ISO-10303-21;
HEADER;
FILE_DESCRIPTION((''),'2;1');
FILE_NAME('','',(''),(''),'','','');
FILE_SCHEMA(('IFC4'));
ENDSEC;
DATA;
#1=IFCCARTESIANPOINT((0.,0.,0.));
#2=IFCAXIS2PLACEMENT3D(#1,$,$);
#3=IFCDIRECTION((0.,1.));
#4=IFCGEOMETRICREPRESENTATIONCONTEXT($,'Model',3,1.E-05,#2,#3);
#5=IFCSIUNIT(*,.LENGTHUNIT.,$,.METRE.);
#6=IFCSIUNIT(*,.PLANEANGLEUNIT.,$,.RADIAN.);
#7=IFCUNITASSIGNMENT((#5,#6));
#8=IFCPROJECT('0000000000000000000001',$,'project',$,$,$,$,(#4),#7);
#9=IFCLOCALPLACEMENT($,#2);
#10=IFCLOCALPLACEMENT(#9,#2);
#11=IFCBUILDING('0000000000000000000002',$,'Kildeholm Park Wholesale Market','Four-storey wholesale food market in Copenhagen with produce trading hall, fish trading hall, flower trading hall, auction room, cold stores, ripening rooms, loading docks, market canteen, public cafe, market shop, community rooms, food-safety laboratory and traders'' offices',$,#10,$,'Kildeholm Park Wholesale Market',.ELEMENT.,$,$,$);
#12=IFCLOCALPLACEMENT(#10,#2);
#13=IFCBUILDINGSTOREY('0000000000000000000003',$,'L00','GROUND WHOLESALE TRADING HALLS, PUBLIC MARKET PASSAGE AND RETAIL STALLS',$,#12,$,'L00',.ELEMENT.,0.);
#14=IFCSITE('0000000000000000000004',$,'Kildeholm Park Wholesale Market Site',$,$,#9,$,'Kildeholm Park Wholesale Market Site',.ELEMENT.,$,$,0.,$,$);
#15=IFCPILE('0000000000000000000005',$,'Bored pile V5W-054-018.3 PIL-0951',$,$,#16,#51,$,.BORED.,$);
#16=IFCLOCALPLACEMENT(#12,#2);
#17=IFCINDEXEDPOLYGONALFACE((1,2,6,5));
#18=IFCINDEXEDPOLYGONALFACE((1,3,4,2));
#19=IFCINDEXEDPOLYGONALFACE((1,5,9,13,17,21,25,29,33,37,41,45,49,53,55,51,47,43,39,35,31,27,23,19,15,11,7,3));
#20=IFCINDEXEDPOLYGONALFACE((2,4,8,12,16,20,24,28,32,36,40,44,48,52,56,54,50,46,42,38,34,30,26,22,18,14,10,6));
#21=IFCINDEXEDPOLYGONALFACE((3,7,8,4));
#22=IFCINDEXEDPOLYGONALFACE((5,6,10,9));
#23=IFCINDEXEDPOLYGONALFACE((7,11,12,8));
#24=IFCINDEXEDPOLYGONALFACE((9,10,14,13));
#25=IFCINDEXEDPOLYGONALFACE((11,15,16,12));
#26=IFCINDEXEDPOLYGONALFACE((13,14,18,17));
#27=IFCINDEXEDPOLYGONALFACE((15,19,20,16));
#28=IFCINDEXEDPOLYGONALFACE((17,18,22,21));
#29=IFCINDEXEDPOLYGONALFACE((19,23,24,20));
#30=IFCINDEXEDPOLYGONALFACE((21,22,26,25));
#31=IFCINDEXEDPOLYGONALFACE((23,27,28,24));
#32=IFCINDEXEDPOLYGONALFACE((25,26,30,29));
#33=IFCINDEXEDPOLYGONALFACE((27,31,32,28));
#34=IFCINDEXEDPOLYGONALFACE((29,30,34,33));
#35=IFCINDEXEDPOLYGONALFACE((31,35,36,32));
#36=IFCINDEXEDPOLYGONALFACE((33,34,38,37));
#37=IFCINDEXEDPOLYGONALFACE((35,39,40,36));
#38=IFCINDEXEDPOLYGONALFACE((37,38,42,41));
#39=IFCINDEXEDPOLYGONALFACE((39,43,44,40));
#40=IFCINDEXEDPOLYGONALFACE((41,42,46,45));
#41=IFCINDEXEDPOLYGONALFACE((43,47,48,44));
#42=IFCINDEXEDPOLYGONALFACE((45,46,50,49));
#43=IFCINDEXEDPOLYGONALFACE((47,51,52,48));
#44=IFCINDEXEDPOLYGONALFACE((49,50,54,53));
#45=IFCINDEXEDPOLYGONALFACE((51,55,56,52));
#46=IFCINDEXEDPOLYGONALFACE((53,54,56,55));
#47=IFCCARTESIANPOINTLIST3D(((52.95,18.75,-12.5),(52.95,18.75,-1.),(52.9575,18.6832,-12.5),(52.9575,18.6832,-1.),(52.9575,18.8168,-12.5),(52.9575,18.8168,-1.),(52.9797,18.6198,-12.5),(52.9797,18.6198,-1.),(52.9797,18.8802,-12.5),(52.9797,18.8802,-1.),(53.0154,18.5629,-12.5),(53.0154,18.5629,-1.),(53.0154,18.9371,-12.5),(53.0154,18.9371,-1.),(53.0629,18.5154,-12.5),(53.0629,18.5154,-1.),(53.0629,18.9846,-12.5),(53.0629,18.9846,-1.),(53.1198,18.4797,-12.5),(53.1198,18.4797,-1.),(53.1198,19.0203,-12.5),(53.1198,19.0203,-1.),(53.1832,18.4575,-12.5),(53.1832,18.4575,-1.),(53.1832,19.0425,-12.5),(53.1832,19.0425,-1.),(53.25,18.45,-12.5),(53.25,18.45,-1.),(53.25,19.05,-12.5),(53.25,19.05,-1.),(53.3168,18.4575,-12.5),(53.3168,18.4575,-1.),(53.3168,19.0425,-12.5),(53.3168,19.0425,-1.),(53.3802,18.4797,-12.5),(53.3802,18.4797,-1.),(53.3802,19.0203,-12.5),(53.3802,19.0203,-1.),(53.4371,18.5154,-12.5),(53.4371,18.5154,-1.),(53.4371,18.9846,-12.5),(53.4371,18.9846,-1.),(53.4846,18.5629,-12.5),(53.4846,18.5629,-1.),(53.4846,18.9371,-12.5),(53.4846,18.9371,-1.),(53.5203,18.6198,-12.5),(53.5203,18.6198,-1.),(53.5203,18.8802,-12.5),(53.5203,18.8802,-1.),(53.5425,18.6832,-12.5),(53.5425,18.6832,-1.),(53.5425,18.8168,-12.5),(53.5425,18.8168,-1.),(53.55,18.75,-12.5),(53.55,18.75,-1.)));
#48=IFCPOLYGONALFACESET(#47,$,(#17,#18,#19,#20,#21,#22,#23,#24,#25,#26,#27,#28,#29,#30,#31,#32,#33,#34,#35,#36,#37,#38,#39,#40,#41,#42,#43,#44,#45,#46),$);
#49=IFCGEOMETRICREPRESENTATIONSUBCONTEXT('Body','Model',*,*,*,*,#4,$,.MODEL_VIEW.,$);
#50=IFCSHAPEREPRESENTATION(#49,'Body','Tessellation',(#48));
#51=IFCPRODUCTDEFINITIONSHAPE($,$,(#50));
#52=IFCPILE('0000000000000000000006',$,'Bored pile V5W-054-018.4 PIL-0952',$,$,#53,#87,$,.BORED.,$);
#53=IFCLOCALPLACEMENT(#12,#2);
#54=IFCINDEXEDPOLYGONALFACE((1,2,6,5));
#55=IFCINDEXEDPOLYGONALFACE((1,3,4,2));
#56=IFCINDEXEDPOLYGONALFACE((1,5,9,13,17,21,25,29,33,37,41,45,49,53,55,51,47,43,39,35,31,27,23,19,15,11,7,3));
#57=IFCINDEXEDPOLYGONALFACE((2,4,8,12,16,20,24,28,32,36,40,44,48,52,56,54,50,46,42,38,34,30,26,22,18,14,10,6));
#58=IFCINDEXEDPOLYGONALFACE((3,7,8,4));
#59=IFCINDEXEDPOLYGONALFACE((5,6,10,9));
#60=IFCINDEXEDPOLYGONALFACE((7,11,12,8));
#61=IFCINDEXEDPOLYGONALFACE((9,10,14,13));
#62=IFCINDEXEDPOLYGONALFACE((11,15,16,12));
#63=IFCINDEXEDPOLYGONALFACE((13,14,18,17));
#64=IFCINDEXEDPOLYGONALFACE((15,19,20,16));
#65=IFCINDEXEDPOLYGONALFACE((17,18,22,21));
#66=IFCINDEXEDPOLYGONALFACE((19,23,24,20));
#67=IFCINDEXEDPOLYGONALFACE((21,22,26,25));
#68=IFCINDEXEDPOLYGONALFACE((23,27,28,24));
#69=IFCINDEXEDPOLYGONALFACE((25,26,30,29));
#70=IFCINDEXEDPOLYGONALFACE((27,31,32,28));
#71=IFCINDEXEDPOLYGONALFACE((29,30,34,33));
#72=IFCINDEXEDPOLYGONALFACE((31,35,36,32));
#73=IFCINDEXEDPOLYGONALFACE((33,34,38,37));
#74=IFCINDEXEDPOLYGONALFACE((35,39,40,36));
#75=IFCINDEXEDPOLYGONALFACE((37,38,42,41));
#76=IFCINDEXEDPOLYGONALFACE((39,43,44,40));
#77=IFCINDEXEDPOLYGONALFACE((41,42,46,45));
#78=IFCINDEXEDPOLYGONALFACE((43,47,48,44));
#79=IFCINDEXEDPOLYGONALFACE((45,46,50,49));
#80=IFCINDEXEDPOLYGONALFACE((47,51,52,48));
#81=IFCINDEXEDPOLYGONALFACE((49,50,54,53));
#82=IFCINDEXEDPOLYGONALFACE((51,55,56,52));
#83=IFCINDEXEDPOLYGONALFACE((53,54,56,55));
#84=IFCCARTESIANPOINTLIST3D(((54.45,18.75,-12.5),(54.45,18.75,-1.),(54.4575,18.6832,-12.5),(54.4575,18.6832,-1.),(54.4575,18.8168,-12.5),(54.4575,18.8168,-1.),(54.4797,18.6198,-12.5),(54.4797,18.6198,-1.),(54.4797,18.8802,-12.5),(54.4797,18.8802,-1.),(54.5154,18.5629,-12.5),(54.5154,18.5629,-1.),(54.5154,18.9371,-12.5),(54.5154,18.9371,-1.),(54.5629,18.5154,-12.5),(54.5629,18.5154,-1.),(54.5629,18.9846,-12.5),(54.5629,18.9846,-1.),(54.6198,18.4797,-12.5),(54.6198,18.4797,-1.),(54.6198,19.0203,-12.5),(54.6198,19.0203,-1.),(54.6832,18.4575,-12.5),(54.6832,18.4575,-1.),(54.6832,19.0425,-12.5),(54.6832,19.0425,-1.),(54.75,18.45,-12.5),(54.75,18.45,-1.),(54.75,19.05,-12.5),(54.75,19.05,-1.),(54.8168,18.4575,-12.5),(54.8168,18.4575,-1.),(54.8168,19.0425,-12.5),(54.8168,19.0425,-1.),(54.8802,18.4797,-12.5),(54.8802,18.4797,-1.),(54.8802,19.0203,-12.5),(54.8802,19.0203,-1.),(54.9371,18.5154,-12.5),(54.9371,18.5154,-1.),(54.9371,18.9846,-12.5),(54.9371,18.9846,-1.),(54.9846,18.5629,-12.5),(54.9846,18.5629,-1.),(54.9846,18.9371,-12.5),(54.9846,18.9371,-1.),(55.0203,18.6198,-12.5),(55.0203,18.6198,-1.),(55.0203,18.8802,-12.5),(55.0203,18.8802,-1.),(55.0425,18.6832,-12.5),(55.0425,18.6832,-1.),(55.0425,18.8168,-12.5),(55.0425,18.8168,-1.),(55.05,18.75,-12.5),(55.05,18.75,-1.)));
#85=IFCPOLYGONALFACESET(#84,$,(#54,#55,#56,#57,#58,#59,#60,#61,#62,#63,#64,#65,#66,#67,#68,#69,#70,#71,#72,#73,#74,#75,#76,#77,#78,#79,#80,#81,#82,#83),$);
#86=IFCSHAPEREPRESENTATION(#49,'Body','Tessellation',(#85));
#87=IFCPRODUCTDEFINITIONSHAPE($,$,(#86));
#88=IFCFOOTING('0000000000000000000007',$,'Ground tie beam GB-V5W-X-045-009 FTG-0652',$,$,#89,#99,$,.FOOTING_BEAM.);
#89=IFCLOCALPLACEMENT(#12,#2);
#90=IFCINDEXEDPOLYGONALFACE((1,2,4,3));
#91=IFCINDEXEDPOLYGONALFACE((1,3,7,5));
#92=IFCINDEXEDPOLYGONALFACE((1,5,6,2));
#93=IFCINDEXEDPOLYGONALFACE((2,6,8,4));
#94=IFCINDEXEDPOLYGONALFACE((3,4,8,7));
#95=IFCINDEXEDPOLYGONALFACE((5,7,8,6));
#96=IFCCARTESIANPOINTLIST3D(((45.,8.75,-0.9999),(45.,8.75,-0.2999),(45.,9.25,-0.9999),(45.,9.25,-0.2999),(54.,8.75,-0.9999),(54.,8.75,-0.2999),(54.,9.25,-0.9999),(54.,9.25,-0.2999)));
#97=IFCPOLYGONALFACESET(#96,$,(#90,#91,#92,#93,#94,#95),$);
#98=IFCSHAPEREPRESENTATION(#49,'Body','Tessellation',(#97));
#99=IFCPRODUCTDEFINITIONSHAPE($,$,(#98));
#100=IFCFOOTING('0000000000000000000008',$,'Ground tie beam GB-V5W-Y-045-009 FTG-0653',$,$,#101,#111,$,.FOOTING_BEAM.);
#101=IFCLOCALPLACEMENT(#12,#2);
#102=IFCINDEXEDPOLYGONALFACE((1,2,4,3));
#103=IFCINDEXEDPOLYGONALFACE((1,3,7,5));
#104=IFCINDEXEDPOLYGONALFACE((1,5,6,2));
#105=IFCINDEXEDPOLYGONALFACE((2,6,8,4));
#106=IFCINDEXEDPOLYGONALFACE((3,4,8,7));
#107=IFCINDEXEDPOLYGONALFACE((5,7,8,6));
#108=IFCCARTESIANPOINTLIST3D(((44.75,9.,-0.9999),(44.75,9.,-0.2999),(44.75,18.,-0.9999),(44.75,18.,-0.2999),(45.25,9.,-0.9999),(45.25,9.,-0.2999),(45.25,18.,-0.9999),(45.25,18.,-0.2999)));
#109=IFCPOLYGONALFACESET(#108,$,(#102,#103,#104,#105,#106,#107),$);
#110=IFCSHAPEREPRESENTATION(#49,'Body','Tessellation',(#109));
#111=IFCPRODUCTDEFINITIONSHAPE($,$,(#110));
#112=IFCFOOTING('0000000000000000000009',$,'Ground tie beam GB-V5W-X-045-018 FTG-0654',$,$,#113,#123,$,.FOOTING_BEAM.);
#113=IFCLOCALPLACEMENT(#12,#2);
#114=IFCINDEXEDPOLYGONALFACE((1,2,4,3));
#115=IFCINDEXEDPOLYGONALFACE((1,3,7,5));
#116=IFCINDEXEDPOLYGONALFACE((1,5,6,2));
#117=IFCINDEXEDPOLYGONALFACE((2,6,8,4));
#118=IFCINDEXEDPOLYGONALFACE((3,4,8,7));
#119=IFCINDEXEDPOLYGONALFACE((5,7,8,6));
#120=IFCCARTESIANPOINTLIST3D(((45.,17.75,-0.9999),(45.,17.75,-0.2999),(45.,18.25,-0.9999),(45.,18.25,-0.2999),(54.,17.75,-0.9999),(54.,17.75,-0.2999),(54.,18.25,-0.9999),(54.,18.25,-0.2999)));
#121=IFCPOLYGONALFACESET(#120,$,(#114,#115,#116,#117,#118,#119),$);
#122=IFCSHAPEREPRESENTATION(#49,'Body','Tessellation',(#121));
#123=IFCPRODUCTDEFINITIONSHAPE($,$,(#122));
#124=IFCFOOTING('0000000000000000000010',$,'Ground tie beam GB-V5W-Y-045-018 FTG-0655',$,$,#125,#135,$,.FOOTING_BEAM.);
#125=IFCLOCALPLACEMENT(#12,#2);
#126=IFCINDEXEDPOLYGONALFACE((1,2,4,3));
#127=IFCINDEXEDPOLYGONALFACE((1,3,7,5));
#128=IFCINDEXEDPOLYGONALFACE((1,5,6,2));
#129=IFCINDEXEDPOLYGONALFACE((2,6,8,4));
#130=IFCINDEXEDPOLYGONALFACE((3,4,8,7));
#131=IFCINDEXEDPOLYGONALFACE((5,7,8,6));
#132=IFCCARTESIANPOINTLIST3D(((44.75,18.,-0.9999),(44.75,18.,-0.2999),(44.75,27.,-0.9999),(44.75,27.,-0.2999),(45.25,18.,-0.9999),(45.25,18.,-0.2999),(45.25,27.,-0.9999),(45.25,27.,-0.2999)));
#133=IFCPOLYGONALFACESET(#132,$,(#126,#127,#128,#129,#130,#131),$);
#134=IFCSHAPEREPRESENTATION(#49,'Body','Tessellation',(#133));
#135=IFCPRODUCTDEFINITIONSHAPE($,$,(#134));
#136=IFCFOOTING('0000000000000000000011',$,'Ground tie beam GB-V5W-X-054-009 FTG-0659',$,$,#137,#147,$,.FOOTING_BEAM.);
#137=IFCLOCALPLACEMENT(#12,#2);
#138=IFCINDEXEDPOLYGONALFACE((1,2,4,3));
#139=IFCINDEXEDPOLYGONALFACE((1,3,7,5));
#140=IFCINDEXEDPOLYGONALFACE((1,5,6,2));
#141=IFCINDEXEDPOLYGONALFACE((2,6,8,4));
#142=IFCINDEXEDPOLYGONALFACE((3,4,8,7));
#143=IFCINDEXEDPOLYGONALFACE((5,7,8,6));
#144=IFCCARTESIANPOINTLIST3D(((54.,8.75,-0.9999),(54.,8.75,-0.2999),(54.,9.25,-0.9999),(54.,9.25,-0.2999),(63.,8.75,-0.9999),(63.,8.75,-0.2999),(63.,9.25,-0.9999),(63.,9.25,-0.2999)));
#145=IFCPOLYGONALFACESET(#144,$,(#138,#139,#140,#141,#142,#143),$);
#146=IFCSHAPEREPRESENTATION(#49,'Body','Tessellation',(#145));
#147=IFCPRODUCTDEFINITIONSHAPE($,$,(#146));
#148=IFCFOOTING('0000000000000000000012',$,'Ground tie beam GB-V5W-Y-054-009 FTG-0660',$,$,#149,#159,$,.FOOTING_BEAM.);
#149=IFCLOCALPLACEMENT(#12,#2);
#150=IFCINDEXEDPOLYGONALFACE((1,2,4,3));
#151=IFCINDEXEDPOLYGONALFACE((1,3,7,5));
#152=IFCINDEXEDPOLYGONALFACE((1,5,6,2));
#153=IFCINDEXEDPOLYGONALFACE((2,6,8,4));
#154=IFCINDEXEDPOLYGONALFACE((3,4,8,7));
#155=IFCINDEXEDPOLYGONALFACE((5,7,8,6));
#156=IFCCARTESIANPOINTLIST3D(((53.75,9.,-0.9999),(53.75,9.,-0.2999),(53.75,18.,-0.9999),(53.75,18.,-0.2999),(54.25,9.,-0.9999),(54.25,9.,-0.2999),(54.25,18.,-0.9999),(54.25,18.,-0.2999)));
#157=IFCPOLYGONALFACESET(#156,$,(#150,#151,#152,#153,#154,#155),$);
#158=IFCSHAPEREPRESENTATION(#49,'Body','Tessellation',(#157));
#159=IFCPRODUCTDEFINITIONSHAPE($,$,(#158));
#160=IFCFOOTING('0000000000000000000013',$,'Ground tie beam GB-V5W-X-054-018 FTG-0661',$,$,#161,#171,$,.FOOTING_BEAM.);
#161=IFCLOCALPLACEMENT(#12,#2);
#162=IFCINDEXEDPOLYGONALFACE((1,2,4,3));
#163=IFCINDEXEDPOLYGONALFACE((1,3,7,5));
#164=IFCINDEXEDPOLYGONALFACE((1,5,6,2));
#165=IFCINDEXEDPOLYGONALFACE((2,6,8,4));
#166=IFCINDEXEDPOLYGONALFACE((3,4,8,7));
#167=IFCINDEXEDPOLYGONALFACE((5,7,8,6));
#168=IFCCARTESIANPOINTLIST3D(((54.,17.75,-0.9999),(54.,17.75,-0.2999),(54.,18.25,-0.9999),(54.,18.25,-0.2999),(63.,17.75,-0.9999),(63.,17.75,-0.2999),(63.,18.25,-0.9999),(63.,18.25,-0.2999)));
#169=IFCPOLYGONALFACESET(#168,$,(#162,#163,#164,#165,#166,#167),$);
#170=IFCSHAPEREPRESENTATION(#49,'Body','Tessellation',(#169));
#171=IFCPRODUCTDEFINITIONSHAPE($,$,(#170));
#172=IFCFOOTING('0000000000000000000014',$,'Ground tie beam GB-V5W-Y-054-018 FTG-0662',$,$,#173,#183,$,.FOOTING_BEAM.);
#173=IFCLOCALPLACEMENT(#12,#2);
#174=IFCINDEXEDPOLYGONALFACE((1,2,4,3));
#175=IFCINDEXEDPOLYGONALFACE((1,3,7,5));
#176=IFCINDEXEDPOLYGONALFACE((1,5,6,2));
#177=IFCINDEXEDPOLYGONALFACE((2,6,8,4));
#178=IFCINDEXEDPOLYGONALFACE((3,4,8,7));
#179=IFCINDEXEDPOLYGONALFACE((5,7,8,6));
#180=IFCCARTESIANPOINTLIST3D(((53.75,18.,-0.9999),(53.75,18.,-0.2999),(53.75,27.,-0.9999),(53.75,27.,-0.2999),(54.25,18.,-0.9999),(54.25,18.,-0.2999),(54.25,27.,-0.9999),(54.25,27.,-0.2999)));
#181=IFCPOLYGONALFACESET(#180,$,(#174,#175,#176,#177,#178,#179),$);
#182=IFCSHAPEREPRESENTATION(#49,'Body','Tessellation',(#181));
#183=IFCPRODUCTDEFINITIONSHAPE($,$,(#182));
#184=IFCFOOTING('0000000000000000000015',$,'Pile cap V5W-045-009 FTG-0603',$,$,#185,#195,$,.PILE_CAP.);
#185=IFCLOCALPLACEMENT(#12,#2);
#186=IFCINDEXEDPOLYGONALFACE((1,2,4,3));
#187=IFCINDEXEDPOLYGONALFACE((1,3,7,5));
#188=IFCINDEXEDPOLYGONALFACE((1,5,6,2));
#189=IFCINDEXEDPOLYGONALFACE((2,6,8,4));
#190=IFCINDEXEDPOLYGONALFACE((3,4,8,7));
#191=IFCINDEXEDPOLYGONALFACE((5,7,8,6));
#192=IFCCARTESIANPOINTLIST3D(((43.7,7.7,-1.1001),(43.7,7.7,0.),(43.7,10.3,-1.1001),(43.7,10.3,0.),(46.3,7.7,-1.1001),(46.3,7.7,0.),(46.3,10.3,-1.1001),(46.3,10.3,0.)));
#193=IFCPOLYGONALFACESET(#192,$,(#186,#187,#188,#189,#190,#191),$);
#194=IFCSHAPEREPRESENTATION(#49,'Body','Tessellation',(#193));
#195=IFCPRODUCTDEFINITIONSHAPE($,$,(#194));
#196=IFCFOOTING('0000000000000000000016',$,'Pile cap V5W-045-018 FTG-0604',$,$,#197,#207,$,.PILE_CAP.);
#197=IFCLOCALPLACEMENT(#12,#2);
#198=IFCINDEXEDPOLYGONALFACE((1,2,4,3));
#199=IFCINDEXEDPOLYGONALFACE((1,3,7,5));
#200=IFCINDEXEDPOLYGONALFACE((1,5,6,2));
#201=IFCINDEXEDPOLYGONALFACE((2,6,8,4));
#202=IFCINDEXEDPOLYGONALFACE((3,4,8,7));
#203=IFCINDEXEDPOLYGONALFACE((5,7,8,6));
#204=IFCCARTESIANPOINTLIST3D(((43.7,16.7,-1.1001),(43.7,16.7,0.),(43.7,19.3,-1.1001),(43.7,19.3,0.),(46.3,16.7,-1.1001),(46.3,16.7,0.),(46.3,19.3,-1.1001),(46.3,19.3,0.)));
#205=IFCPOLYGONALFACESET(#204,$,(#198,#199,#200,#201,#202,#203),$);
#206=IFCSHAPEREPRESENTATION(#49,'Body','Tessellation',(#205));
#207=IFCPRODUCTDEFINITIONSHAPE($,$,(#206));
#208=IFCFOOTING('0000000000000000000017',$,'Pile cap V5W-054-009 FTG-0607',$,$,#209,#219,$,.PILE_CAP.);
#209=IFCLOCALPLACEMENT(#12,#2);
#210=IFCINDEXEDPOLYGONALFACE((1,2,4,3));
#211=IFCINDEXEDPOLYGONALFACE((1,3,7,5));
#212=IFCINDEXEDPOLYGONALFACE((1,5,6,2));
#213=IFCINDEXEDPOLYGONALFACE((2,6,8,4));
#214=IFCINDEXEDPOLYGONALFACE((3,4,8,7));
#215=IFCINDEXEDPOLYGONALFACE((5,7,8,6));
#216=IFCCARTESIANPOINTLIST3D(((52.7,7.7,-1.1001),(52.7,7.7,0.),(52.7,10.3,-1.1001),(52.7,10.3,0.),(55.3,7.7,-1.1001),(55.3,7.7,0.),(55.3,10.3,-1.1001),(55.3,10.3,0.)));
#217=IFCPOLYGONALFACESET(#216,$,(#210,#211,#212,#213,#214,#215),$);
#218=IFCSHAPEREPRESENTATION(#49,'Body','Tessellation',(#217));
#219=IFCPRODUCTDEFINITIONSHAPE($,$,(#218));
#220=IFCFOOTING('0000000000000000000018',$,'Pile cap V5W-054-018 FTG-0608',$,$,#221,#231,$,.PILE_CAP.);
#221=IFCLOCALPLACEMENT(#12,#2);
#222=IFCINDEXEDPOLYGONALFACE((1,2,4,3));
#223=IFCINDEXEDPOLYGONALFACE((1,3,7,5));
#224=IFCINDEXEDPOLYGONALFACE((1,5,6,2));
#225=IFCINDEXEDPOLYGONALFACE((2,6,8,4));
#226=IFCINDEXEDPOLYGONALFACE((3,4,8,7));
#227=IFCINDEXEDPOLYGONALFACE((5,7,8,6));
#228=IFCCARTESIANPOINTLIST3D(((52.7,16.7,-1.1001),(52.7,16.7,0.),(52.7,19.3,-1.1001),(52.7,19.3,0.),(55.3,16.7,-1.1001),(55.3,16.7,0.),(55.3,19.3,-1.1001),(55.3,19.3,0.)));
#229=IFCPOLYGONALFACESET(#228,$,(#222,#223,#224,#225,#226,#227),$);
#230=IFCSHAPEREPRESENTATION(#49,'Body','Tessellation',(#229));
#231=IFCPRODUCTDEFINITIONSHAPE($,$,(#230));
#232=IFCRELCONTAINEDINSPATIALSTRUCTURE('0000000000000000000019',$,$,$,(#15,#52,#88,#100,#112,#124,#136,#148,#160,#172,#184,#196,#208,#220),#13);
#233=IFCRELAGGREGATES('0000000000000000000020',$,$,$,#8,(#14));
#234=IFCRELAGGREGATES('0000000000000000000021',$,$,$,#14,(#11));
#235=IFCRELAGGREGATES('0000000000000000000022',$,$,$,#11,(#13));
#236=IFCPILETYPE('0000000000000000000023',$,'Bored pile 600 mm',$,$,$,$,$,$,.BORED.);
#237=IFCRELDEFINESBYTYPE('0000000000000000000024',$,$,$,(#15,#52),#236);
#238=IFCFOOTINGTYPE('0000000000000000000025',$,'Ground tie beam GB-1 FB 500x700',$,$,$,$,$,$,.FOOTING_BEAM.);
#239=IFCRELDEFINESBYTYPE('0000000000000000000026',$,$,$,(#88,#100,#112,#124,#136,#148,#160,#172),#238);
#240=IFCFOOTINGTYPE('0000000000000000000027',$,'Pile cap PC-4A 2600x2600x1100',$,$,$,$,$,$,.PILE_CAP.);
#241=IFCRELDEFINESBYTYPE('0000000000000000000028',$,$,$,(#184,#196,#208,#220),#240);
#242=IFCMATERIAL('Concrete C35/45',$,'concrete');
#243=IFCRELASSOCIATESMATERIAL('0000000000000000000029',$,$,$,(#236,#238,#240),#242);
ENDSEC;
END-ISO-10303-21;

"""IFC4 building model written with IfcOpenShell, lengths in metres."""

from ifc_helpers import new_model, si_unit, direction, frame, origin, origin_2d, place, context, subcontext, project, spatial, rectangle, circle, extrude, material, material_profile, profile_set, type_object, element, save


model = new_model("IFC4")

# Units and contexts
model_context = context("Model", 3, precision=1e-05, world=origin(), true_north=direction((0.0, 1.0)))
body_context = subcontext(model_context, "Body", "Model", "MODEL_VIEW")
ifc_project = project(units=[si_unit("LENGTHUNIT", "METRE"), si_unit("PLANEANGLEUNIT", "RADIAN")], contexts=[model_context])

# Site, building, storey
site_placement = place(None, origin())
site = spatial("IfcSite", under=ifc_project, at=site_placement, Name="Kildeholm Park Wholesale Market Site", LongName="Kildeholm Park Wholesale Market Site", CompositionType="ELEMENT", RefElevation=0.0)
building_placement = place(site_placement, origin())
building = spatial("IfcBuilding", under=site, at=building_placement, Name="Kildeholm Park Wholesale Market", Description="Four-storey wholesale food market in Copenhagen with produce trading hall, fish trading hall, flower trading hall, auction room, cold stores, ripening rooms, loading docks, market canteen, public cafe, market shop, community rooms, food-safety laboratory and traders' offices", LongName="Kildeholm Park Wholesale Market", CompositionType="ELEMENT")
storey_placement = place(building_placement, origin())
storey = spatial("IfcBuildingStorey", under=building, at=storey_placement, Name="L00", Description="GROUND WHOLESALE TRADING HALLS, PUBLIC MARKET PASSAGE AND RETAIL STALLS", LongName="L00", CompositionType="ELEMENT", Elevation=0.0)

# Piles
ifc_material_1 = material(Name="Concrete C35/45", Category="concrete")
ifc_material_profile_1 = material_profile(ifc_material_1, circle(Radius=0.3, at=origin_2d()), Name="PILE D600")
ifc_profile_set_1 = profile_set([ifc_material_profile_1], Name="Concrete C35/45")
pile_type = type_object("IfcPileType", Name="Bored pile 600 mm", PredefinedType="BORED", material=ifc_profile_set_1)
for number, where, z_axis, x_axis, name in (
    (1, (53.25, 18.75, -1.0), (0.0, 0.0, -1.0), (1.0, 0.0, 0.0), "Bored pile V5W-054-018.3 PIL-0951"),
    (2, (54.75, 18.75, -1.0), (0.0, 0.0, -1.0), (1.0, 0.0, 0.0), "Bored pile V5W-054-018.4 PIL-0952"),
):
    element("IfcPile", number, at=place(storey_placement, frame(where, z_axis=z_axis, x_axis=x_axis)), inside=storey, type_object=pile_type, Name=name, PredefinedType="BORED", context=body_context, shape_type="SweptSolid", body=[
        extrude(circle(Radius=0.3, at=origin_2d()), origin(), (0.0, 0.0, 1.0), 11.5),
    ])

# Footings
ifc_material_profile_2 = material_profile(ifc_material_1, rectangle(XDim=0.5, YDim=0.7, at=origin_2d()), Name="FB 500x700")
ifc_profile_set_2 = profile_set([ifc_material_profile_2], Name="Concrete C35/45")
footing_type_1 = type_object("IfcFootingType", Name="Ground tie beam GB-1 FB 500x700", PredefinedType="FOOTING_BEAM", material=ifc_profile_set_2)
for number, where, z_axis, x_axis, name in (
    (3, (45.0, 9.0, -0.6499), (1.0, 0.0, 0.0), (0.0, 1.0, 0.0), "Ground tie beam GB-V5W-X-045-009 FTG-0652"),
    (4, (45.0, 9.0, -0.6499), (0.0, 1.0, 0.0), (-1.0, 0.0, 0.0), "Ground tie beam GB-V5W-Y-045-009 FTG-0653"),
    (5, (45.0, 18.0, -0.6499), (1.0, 0.0, 0.0), (0.0, 1.0, 0.0), "Ground tie beam GB-V5W-X-045-018 FTG-0654"),
    (6, (45.0, 18.0, -0.6499), (0.0, 1.0, 0.0), (-1.0, 0.0, 0.0), "Ground tie beam GB-V5W-Y-045-018 FTG-0655"),
    (7, (54.0, 9.0, -0.6499), (1.0, 0.0, 0.0), (0.0, 1.0, 0.0), "Ground tie beam GB-V5W-X-054-009 FTG-0659"),
    (8, (54.0, 9.0, -0.6499), (0.0, 1.0, 0.0), (-1.0, 0.0, 0.0), "Ground tie beam GB-V5W-Y-054-009 FTG-0660"),
    (9, (54.0, 18.0, -0.6499), (1.0, 0.0, 0.0), (0.0, 1.0, 0.0), "Ground tie beam GB-V5W-X-054-018 FTG-0661"),
    (10, (54.0, 18.0, -0.6499), (0.0, 1.0, 0.0), (-1.0, 0.0, 0.0), "Ground tie beam GB-V5W-Y-054-018 FTG-0662"),
):
    element("IfcFooting", number, at=place(storey_placement, frame(where, z_axis=z_axis, x_axis=x_axis)), inside=storey, type_object=footing_type_1, Name=name, PredefinedType="FOOTING_BEAM", context=body_context, shape_type="SweptSolid", body=[
        extrude(rectangle(XDim=0.5, YDim=0.7, at=origin_2d()), origin(), (0.0, 0.0, 1.0), 9.0),
    ])
footing_type_2 = type_object("IfcFootingType", Name="Pile cap PC-4A 2600x2600x1100", PredefinedType="PILE_CAP", material=ifc_material_1)
for number, where, z_axis, x_axis, name in (
    (11, (45.0, 9.0, -1.1001), (0.0, 0.0, 1.0), (1.0, 0.0, 0.0), "Pile cap V5W-045-009 FTG-0603"),
    (12, (45.0, 18.0, -1.1001), (0.0, 0.0, 1.0), (1.0, 0.0, 0.0), "Pile cap V5W-045-018 FTG-0604"),
    (13, (54.0, 9.0, -1.1001), (0.0, 0.0, 1.0), (1.0, 0.0, 0.0), "Pile cap V5W-054-009 FTG-0607"),
    (14, (54.0, 18.0, -1.1001), (0.0, 0.0, 1.0), (1.0, 0.0, 0.0), "Pile cap V5W-054-018 FTG-0608"),
):
    element("IfcFooting", number, at=place(storey_placement, frame(where, z_axis=z_axis, x_axis=x_axis)), inside=storey, type_object=footing_type_2, Name=name, PredefinedType="PILE_CAP", context=body_context, shape_type="SweptSolid", body=[
        extrude(rectangle(XDim=2.6001, YDim=2.6001, at=origin_2d()), origin(), (0.0, 0.0, 1.0), 1.1001),
    ])

save(model, "model.ifc")
